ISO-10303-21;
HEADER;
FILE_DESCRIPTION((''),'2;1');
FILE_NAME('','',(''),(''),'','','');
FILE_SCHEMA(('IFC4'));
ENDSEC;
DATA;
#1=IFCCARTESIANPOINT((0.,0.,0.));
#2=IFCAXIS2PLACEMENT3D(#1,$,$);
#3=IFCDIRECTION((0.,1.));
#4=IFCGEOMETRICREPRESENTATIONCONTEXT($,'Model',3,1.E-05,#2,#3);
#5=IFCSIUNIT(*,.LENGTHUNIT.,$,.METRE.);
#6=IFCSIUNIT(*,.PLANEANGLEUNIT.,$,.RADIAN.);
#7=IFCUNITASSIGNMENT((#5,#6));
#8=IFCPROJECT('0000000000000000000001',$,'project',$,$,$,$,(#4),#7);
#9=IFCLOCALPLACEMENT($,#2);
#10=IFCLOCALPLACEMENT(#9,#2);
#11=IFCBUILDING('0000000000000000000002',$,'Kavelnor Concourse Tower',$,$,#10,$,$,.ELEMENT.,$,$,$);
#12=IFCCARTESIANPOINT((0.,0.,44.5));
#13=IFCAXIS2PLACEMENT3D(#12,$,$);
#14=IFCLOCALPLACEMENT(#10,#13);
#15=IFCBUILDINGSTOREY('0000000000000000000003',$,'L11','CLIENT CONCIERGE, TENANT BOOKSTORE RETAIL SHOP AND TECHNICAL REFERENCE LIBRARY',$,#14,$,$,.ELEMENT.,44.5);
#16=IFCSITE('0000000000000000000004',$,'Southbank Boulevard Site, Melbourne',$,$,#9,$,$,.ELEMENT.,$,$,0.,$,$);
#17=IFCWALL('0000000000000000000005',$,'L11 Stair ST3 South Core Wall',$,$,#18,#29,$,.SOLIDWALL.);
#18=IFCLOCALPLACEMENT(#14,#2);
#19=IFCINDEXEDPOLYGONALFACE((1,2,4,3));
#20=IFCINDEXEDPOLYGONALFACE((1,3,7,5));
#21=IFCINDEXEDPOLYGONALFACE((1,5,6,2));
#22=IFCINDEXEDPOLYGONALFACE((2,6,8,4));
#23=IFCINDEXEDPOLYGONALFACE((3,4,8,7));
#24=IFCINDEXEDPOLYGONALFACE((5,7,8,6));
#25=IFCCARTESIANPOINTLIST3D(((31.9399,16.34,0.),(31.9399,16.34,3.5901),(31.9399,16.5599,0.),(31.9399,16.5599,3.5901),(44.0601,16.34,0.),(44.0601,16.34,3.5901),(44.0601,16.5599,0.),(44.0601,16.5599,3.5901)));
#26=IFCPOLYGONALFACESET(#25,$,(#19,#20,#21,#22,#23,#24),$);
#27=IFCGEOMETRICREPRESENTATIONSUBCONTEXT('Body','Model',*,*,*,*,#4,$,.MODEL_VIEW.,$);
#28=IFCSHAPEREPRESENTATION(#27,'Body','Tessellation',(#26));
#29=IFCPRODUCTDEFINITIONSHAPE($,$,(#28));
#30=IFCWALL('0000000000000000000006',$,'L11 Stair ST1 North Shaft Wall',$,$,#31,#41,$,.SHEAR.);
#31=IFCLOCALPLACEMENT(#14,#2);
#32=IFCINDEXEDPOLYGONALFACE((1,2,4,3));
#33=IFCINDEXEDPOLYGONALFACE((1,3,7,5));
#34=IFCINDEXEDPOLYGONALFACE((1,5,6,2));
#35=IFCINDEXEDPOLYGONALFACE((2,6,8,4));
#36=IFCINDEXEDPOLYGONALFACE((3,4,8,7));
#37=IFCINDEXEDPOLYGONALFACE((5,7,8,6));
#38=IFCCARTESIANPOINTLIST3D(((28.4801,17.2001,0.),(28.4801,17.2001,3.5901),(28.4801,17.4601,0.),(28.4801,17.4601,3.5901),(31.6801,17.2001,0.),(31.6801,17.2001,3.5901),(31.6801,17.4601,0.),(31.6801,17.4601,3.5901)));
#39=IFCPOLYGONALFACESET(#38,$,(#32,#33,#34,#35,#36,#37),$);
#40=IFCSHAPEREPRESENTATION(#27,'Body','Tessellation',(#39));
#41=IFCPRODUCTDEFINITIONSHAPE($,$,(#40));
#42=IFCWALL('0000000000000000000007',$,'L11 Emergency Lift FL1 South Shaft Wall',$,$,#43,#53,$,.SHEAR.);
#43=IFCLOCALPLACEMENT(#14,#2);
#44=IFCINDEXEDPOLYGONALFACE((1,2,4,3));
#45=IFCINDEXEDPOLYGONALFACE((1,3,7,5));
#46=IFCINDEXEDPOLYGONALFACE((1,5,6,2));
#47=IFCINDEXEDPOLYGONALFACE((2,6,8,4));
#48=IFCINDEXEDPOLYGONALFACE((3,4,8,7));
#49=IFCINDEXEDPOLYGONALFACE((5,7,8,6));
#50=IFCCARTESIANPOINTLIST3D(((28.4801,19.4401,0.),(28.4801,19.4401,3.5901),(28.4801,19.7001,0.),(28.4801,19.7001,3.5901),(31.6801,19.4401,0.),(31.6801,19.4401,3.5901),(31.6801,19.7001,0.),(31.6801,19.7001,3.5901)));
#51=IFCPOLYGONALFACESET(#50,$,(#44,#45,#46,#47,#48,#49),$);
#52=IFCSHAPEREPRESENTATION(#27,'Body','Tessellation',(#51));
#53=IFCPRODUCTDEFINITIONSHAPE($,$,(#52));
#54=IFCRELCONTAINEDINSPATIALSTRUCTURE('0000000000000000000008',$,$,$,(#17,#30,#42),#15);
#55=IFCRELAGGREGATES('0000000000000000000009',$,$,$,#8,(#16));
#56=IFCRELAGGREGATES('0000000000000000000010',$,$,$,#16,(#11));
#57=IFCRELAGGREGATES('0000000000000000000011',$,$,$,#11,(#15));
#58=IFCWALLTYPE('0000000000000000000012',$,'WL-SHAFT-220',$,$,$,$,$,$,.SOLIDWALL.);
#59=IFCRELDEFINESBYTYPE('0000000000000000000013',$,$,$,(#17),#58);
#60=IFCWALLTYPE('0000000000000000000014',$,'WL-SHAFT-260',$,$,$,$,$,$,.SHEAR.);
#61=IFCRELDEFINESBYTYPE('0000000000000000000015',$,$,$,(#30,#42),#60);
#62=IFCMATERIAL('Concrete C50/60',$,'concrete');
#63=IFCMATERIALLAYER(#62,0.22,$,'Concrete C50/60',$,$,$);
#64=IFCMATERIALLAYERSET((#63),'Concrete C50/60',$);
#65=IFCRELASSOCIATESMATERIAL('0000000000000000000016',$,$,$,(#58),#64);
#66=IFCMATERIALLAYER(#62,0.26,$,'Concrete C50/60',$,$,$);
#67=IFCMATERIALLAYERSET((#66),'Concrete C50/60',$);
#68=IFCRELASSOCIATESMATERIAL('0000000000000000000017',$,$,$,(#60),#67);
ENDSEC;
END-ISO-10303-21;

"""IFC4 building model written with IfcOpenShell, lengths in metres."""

from ifc_helpers import new_model, si_unit, direction, frame, frame_2d, origin, place, context, subcontext, project, spatial, rectangle, extrude, material, layer, layer_set, type_object, element, save


model = new_model("IFC4")

# Units and contexts
model_context = context("Model", 3, precision=1e-05, world=origin(), true_north=direction((0.0, 1.0)))
body_context = subcontext(model_context, "Body", "Model", "MODEL_VIEW")
ifc_project = project(units=[si_unit("LENGTHUNIT", "METRE"), si_unit("PLANEANGLEUNIT", "RADIAN")], contexts=[model_context])

# Site, building, storey
site_placement = place(None, origin())
site = spatial("IfcSite", under=ifc_project, at=site_placement, Name="Southbank Boulevard Site, Melbourne", CompositionType="ELEMENT", RefElevation=0.0)
building_placement = place(site_placement, origin())
building = spatial("IfcBuilding", under=site, at=building_placement, Name="Kavelnor Concourse Tower", CompositionType="ELEMENT")
storey_placement = place(building_placement, frame((0.0, 0.0, 44.5)))
storey = spatial("IfcBuildingStorey", under=building, at=storey_placement, Name="L11", Description="CLIENT CONCIERGE, TENANT BOOKSTORE RETAIL SHOP AND TECHNICAL REFERENCE LIBRARY", CompositionType="ELEMENT", Elevation=44.5)

# Shared definitions
ifc_material_1 = material(Name="Concrete C50/60", Category="concrete")
ifc_layer_1 = layer(ifc_material_1, 0.22, Name="Concrete C50/60")
ifc_layer_set_1 = layer_set([ifc_layer_1], Name="Concrete C50/60")
wall_type_1 = type_object("IfcWallType", Name="WL-SHAFT-220", PredefinedType="SOLIDWALL", material=ifc_layer_set_1)

# Walls
wall_1_placement = place(storey_placement, frame((31.9399, 16.45, 0.0), z_axis=(0.0, 0.0, 1.0), x_axis=(1.0, 0.0, 0.0)))
element("IfcWall", 1, at=wall_1_placement, inside=storey, type_object=wall_type_1, Name="L11 Stair ST3 South Core Wall", PredefinedType="SOLIDWALL", context=body_context, shape_type="SweptSolid", body=[
    extrude(rectangle(XDim=12.1201, YDim=0.22, at=frame_2d((6.0601, 0.0))), origin(), (0.0, 0.0, 1.0), 3.5901),
])
ifc_layer_2 = layer(ifc_material_1, 0.26, Name="Concrete C50/60")
ifc_layer_set_2 = layer_set([ifc_layer_2], Name="Concrete C50/60")
wall_type_2 = type_object("IfcWallType", Name="WL-SHAFT-260", PredefinedType="SHEAR", material=ifc_layer_set_2)
for number, where, z_axis, x_axis, name in (
    (2, (28.48, 17.3301, 0.0), (0.0, 0.0, 1.0), (1.0, 0.0, 0.0), "L11 Stair ST1 North Shaft Wall"),
    (3, (28.48, 19.5701, 0.0), (0.0, 0.0, 1.0), (1.0, 0.0, 0.0), "L11 Emergency Lift FL1 South Shaft Wall"),
):
    element("IfcWall", number, at=place(storey_placement, frame(where, z_axis=z_axis, x_axis=x_axis)), inside=storey, type_object=wall_type_2, Name=name, PredefinedType="SHEAR", context=body_context, shape_type="SweptSolid", body=[
        extrude(rectangle(XDim=3.2, YDim=0.26, at=frame_2d((1.6001, 0.0))), origin(), (0.0, 0.0, 1.0), 3.5901),
    ])

save(model, "model.ifc")
